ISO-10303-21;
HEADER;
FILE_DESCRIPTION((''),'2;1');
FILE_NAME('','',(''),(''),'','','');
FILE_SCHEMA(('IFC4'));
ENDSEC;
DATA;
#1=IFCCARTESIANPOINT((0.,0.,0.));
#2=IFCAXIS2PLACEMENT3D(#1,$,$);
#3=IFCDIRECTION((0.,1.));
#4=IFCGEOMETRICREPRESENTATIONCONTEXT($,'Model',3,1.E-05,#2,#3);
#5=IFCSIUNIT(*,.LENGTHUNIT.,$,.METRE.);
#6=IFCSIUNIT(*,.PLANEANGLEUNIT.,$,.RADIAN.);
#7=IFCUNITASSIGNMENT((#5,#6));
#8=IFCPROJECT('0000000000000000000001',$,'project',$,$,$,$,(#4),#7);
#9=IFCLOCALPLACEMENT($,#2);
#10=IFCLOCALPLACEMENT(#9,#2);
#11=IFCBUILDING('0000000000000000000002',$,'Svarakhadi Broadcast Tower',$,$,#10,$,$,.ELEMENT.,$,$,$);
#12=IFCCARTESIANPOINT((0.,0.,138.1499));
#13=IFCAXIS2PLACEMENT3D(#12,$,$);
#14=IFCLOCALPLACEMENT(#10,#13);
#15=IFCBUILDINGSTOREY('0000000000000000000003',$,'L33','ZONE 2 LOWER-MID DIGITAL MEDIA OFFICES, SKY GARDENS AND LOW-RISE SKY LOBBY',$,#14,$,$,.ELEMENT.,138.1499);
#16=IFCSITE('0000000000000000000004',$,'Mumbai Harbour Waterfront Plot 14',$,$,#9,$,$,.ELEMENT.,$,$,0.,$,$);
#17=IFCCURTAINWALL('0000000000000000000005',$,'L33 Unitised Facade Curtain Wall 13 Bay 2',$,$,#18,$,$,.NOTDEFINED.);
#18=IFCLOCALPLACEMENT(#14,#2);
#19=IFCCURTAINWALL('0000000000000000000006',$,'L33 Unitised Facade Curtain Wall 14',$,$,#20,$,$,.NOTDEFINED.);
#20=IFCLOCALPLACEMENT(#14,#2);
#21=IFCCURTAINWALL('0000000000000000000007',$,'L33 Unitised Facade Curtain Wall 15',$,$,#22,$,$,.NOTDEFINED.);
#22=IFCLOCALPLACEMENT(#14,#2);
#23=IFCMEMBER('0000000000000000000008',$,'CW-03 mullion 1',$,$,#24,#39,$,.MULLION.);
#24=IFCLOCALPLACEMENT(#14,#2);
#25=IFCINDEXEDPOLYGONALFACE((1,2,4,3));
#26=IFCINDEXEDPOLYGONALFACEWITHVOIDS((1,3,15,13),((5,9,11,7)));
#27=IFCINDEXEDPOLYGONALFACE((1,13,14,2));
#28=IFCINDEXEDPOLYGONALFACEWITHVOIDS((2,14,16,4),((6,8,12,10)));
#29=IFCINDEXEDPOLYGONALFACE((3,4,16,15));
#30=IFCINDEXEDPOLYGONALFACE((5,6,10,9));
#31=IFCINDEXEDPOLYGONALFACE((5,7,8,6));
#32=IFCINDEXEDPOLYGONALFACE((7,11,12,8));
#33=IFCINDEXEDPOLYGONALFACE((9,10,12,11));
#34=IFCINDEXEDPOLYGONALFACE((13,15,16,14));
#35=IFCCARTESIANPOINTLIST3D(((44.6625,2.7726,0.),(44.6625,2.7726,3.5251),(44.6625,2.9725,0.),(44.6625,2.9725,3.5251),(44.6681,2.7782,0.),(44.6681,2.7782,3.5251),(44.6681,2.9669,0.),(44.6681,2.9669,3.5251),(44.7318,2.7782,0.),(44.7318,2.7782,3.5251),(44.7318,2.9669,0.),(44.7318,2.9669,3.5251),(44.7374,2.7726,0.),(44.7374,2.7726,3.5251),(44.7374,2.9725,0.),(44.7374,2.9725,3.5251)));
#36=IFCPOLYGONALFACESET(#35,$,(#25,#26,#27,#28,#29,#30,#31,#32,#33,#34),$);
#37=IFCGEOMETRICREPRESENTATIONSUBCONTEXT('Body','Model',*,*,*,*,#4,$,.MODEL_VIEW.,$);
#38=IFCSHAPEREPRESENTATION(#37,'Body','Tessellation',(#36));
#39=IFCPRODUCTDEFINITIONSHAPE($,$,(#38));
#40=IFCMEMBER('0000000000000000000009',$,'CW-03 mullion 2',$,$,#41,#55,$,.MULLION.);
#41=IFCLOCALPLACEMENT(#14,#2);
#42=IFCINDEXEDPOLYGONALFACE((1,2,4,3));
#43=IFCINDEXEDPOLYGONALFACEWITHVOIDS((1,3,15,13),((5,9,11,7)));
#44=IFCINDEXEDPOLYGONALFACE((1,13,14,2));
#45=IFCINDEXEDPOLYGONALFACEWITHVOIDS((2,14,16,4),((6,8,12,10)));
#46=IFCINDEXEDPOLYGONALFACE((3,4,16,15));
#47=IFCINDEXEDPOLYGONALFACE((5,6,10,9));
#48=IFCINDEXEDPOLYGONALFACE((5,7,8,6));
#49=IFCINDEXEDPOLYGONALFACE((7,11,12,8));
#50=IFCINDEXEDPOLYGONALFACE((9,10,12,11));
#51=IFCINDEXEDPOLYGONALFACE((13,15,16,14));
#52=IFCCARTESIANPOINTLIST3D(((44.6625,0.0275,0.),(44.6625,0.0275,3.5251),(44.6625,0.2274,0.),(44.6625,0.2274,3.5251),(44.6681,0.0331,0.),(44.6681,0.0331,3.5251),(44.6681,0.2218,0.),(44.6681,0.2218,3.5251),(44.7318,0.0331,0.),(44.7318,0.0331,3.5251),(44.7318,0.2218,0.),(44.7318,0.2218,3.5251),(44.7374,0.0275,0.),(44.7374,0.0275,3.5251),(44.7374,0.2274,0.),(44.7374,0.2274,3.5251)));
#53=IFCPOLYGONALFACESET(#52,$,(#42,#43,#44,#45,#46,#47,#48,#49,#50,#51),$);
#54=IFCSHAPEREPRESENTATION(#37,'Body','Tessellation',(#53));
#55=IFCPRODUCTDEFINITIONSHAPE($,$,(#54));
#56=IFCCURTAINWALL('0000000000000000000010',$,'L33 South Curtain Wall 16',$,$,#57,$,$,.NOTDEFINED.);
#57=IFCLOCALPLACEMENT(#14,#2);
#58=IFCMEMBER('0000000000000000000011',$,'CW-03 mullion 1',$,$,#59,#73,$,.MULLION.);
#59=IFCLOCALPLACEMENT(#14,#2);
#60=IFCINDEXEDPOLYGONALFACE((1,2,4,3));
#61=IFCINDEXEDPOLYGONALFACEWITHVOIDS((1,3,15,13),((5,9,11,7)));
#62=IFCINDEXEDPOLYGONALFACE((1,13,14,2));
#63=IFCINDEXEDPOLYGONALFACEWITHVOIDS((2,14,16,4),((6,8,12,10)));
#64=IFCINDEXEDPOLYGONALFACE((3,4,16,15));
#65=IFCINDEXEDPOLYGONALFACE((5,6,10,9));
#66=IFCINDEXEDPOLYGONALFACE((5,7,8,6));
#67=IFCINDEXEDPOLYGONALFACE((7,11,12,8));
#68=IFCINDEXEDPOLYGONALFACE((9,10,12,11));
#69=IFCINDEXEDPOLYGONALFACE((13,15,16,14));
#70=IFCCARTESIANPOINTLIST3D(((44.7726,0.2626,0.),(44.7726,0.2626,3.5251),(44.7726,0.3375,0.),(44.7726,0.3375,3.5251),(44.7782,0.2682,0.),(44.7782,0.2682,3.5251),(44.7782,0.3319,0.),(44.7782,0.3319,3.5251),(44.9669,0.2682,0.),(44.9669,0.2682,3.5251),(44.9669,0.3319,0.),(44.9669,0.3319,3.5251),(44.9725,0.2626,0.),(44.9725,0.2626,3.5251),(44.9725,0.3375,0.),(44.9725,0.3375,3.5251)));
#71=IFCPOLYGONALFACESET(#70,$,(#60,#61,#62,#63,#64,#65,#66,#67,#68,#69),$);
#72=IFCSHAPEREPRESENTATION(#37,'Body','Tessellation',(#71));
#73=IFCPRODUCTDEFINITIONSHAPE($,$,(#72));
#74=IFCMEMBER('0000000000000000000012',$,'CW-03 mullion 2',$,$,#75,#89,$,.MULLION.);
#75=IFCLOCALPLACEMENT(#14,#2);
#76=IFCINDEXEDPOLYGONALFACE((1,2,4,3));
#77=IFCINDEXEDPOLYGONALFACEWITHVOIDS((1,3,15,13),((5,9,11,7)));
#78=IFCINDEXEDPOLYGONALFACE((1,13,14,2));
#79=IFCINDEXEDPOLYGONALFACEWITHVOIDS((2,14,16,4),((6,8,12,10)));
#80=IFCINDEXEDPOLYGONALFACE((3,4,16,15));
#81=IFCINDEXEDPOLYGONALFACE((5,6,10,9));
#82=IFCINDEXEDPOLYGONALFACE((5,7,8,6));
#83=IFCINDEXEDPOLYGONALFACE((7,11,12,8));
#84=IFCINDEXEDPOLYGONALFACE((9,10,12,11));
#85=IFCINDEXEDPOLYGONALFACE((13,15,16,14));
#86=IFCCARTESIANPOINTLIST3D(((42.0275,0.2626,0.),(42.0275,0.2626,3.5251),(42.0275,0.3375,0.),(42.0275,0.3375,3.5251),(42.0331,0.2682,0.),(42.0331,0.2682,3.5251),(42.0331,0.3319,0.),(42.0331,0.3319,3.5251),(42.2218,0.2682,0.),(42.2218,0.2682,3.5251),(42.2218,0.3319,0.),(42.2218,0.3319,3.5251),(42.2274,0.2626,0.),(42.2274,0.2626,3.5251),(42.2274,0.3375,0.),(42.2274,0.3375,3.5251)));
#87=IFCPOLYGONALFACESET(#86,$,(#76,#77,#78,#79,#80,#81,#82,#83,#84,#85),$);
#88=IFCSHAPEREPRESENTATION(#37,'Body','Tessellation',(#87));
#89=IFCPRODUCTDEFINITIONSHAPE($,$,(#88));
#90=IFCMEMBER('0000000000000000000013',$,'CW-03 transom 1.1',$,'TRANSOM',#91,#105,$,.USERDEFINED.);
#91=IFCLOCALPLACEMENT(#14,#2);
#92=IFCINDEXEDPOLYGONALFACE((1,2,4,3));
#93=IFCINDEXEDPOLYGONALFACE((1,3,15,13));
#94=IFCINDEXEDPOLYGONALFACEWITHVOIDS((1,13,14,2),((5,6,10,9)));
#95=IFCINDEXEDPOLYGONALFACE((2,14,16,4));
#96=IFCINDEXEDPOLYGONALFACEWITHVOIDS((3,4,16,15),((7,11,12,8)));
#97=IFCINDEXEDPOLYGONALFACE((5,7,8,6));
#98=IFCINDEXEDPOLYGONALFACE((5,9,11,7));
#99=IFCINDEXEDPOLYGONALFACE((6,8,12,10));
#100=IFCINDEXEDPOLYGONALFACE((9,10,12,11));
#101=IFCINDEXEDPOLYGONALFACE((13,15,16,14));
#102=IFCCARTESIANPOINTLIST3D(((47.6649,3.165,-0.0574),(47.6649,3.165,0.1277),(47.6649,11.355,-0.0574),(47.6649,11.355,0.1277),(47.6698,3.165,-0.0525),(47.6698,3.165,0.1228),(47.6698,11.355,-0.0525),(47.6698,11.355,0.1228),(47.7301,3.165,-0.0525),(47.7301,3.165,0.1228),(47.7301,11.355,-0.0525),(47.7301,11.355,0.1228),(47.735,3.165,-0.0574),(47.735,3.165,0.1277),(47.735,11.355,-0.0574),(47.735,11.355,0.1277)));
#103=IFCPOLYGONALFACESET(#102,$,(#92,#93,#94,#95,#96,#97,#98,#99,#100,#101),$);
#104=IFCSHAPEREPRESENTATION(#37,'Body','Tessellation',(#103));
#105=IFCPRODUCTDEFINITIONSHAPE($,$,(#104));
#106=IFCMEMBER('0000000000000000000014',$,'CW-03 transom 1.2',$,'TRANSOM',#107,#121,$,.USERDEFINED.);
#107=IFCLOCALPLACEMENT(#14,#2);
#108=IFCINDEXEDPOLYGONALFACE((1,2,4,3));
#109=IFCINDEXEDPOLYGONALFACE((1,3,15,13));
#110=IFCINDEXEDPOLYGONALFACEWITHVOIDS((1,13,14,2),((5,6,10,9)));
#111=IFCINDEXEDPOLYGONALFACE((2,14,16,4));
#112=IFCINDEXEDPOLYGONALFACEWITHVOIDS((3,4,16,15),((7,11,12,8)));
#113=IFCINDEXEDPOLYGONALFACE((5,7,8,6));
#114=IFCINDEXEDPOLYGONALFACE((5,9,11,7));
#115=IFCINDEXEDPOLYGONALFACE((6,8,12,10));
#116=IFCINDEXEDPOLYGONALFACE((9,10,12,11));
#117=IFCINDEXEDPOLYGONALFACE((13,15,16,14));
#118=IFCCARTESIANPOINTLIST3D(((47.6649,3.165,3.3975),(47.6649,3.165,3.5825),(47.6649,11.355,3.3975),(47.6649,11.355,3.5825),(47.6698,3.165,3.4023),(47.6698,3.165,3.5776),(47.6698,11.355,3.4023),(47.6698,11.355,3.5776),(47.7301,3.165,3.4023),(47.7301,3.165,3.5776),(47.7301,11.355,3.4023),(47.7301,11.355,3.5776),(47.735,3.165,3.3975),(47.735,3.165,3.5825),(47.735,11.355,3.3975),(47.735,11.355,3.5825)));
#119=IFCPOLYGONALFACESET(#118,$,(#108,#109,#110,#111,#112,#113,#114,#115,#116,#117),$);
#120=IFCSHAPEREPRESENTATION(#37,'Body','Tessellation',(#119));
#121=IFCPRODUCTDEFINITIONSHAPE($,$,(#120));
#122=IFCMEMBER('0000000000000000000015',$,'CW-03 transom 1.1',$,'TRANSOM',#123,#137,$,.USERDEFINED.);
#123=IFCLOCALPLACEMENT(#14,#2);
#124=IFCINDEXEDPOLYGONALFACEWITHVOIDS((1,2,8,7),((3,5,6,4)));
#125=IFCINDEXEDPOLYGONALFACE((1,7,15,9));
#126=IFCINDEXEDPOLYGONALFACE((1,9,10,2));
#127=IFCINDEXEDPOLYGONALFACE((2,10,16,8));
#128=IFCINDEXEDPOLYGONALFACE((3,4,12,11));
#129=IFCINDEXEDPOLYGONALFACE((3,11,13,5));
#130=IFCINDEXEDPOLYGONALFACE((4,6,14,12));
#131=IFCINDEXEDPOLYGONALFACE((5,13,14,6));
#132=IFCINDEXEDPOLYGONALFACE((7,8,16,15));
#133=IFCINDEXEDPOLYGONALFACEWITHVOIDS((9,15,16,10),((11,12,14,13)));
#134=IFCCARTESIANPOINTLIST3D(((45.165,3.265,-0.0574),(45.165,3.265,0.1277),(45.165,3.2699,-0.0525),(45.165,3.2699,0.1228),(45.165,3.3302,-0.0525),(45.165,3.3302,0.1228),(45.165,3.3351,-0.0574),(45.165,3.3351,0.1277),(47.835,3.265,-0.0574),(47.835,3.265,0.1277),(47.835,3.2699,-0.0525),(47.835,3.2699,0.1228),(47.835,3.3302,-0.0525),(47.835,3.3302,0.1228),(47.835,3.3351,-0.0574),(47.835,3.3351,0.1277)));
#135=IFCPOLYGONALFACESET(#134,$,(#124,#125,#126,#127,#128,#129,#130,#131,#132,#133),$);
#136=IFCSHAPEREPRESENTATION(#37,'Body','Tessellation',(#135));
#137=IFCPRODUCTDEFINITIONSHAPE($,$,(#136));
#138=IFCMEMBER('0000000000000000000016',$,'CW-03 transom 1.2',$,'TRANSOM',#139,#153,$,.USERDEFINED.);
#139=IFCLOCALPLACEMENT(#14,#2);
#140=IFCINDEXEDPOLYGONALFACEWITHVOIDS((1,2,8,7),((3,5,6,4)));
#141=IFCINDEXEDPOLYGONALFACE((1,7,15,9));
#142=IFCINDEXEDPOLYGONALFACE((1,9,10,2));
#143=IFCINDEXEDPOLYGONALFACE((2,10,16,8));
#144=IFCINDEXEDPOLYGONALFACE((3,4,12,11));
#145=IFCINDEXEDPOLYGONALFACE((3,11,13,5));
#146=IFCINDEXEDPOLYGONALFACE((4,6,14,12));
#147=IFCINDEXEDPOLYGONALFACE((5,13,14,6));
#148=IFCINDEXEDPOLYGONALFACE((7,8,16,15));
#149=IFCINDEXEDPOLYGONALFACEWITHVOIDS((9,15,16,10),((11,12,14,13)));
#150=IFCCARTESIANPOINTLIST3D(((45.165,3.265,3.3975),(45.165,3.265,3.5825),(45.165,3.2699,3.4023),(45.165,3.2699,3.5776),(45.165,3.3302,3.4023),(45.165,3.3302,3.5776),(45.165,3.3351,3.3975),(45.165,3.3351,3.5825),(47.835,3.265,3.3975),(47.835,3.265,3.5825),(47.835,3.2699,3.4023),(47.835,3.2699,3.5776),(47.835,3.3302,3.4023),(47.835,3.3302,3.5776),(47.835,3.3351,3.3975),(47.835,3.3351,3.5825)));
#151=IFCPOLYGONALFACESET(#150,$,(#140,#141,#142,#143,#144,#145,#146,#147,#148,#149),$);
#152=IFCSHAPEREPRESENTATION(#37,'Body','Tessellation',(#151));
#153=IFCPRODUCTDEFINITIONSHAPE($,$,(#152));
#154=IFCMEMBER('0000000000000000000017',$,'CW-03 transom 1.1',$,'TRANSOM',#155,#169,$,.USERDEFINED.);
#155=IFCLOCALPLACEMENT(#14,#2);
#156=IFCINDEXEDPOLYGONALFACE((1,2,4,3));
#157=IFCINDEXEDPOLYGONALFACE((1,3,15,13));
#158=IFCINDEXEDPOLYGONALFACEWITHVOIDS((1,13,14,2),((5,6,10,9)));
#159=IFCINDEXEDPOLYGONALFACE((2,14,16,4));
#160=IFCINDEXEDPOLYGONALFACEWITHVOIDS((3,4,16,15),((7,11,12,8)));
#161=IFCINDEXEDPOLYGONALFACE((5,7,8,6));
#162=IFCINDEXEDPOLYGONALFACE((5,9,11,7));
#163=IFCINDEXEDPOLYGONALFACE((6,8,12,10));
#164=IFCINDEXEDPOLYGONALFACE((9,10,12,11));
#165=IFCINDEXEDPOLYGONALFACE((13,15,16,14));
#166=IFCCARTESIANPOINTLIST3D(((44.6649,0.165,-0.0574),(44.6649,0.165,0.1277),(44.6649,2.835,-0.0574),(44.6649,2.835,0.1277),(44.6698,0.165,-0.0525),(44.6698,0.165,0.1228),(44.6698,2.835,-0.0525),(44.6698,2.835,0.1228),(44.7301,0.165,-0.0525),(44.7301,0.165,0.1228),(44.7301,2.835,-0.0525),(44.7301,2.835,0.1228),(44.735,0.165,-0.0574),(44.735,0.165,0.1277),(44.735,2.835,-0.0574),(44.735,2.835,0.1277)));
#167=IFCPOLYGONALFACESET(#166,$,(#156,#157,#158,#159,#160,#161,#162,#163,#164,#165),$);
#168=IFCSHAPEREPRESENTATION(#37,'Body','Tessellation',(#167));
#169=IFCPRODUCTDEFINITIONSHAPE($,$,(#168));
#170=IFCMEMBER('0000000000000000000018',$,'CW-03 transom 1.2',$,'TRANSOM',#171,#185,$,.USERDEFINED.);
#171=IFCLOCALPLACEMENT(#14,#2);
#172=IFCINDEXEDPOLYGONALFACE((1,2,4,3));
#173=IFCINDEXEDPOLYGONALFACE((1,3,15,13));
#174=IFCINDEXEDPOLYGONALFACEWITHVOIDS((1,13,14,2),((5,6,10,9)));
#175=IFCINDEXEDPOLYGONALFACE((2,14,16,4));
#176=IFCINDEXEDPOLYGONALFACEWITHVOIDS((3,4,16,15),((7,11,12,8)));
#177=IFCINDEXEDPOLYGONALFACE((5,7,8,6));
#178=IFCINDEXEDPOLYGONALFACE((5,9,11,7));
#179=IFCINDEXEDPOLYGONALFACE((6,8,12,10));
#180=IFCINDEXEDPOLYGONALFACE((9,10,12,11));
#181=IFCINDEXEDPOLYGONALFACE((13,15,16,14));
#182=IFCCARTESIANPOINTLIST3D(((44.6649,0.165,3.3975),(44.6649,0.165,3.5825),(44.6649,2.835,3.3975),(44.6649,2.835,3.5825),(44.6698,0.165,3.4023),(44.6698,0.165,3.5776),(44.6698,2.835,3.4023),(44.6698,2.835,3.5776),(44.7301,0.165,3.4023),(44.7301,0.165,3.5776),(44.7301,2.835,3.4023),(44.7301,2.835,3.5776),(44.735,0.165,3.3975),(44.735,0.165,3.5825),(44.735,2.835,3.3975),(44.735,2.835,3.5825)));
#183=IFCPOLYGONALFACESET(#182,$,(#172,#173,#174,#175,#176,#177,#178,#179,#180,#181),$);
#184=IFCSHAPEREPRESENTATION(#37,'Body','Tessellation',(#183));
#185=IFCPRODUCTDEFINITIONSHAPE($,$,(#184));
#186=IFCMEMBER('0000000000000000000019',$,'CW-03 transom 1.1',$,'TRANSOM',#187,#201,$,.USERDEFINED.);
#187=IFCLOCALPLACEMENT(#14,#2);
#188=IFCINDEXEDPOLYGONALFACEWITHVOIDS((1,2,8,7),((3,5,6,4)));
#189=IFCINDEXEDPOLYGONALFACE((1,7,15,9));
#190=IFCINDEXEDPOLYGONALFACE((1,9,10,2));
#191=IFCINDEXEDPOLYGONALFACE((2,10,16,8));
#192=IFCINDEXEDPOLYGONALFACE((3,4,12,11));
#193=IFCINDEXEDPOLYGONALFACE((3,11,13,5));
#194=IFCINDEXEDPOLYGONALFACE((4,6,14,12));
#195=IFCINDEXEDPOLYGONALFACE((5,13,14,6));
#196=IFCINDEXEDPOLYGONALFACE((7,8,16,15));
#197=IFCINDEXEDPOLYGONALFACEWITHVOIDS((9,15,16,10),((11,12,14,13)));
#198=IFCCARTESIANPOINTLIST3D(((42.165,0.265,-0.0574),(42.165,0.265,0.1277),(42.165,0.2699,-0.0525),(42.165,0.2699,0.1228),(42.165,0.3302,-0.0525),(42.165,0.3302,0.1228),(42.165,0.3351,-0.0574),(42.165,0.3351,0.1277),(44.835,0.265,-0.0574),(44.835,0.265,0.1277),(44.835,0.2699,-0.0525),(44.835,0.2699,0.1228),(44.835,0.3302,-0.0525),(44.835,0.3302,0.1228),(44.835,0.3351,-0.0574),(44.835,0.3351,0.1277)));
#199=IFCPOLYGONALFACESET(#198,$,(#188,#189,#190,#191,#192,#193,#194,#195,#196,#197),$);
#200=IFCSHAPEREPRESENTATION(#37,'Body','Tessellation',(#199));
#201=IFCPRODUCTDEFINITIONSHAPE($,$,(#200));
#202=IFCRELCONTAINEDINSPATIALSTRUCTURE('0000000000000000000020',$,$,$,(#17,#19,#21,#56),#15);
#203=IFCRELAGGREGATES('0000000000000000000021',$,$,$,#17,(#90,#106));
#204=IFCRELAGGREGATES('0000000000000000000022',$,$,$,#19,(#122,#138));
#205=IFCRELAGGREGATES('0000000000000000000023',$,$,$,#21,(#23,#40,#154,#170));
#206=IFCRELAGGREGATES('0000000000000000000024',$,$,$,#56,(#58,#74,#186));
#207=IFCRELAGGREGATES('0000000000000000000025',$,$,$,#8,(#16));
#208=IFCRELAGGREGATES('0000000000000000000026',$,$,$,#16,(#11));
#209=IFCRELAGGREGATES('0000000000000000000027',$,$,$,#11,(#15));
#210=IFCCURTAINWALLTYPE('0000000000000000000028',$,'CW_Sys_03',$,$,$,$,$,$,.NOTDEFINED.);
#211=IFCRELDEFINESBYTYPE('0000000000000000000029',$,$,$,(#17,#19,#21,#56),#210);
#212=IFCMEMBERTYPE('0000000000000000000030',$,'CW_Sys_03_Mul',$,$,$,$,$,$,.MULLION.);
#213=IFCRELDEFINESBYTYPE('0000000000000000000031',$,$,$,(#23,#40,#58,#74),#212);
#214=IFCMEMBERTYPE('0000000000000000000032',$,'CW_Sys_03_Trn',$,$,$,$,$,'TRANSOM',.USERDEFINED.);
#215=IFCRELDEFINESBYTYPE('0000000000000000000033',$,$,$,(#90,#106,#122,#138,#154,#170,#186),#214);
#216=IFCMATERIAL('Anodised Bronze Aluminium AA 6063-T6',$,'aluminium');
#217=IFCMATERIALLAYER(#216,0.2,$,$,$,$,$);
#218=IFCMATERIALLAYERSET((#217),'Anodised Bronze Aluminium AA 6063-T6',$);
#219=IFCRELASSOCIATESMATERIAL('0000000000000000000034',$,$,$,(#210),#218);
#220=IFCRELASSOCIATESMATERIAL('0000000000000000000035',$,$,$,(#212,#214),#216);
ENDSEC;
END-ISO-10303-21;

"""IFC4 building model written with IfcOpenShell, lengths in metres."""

from ifc_helpers import new_model, si_unit, direction, frame, origin, origin_2d, place, context, subcontext, project, spatial, hollow_rectangle, extrude, material, layer, layer_set, material_profile, profile_set, type_object, element, aggregate, save


model = new_model("IFC4")

# Units and contexts
model_context = context("Model", 3, precision=1e-05, world=origin(), true_north=direction((0.0, 1.0)))
body_context = subcontext(model_context, "Body", "Model", "MODEL_VIEW")
ifc_project = project(units=[si_unit("LENGTHUNIT", "METRE"), si_unit("PLANEANGLEUNIT", "RADIAN")], contexts=[model_context])

# Site, building, storey
site_placement = place(None, origin())
site = spatial("IfcSite", under=ifc_project, at=site_placement, Name="Mumbai Harbour Waterfront Plot 14", CompositionType="ELEMENT", RefElevation=0.0)
building_placement = place(site_placement, origin())
building = spatial("IfcBuilding", under=site, at=building_placement, Name="Svarakhadi Broadcast Tower", CompositionType="ELEMENT")
storey_placement = place(building_placement, frame((0.0, 0.0, 138.1499)))
storey = spatial("IfcBuildingStorey", under=building, at=storey_placement, Name="L33", Description="ZONE 2 LOWER-MID DIGITAL MEDIA OFFICES, SKY GARDENS AND LOW-RISE SKY LOBBY", CompositionType="ELEMENT", Elevation=138.1499)

# Curtain walls, members
ifc_material_1 = material(Name="Anodised Bronze Aluminium AA 6063-T6", Category="aluminium")
ifc_layer_1 = layer(ifc_material_1, 0.2)
ifc_layer_set_1 = layer_set([ifc_layer_1], Name="Anodised Bronze Aluminium AA 6063-T6")
curtain_wall_type = type_object("IfcCurtainWallType", Name="CW_Sys_03", PredefinedType="NOTDEFINED", material=ifc_layer_set_1)
curtain_wall_1_placement = place(storey_placement, origin())
curtain_wall_1 = element("IfcCurtainWall", 1, at=curtain_wall_1_placement, inside=storey, type_object=curtain_wall_type, Name="L33 Unitised Facade Curtain Wall 13 Bay 2", PredefinedType="NOTDEFINED")
ifc_material_profile_1 = material_profile(ifc_material_1, hollow_rectangle(XDim=0.075, YDim=0.2, WallThickness=0.0056, at=origin_2d()), Name="ALU MULLION 200x75x6")
ifc_profile_set_1 = profile_set([ifc_material_profile_1], Name="Anodised Bronze Aluminium AA 6063-T6")
member_type_1 = type_object("IfcMemberType", Name="CW_Sys_03_Mul", PredefinedType="MULLION", material=ifc_profile_set_1)
curtain_wall_2_placement = place(storey_placement, origin())
curtain_wall_2 = element("IfcCurtainWall", 2, at=curtain_wall_2_placement, inside=storey, type_object=curtain_wall_type, Name="L33 Unitised Facade Curtain Wall 14", PredefinedType="NOTDEFINED")
curtain_wall_3_placement = place(storey_placement, origin())
curtain_wall_3 = element("IfcCurtainWall", 3, at=curtain_wall_3_placement, inside=storey, type_object=curtain_wall_type, Name="L33 Unitised Facade Curtain Wall 15", PredefinedType="NOTDEFINED")
member_1_placement = place(storey_placement, frame((44.7, 2.8726, 0.0), z_axis=(0.0, 0.0, 1.0), x_axis=(1.0, 0.0, 0.0)))
member_1 = element("IfcMember", 4, at=member_1_placement, type_object=member_type_1, Name="CW-03 mullion 1", PredefinedType="MULLION", context=body_context, shape_type="SweptSolid", body=[
    extrude(hollow_rectangle(XDim=0.075, YDim=0.2, WallThickness=0.0056, at=origin_2d()), origin(), (0.0, 0.0, 1.0), 3.5251),
])
member_2_placement = place(storey_placement, frame((44.7, 0.1274, 0.0), z_axis=(0.0, 0.0, 1.0), x_axis=(1.0, 0.0, 0.0)))
member_2 = element("IfcMember", 5, at=member_2_placement, type_object=member_type_1, Name="CW-03 mullion 2", PredefinedType="MULLION", context=body_context, shape_type="SweptSolid", body=[
    extrude(hollow_rectangle(XDim=0.075, YDim=0.2, WallThickness=0.0056, at=origin_2d()), origin(), (0.0, 0.0, 1.0), 3.5251),
])
curtain_wall_4_placement = place(storey_placement, origin())
curtain_wall_4 = element("IfcCurtainWall", 6, at=curtain_wall_4_placement, inside=storey, type_object=curtain_wall_type, Name="L33 South Curtain Wall 16", PredefinedType="NOTDEFINED")
member_3_placement = place(storey_placement, frame((44.8726, 0.3, 0.0), z_axis=(0.0, 0.0, 1.0), x_axis=(0.0, -1.0, 0.0)))
member_3 = element("IfcMember", 7, at=member_3_placement, type_object=member_type_1, Name="CW-03 mullion 1", PredefinedType="MULLION", context=body_context, shape_type="SweptSolid", body=[
    extrude(hollow_rectangle(XDim=0.075, YDim=0.2, WallThickness=0.0056, at=origin_2d()), origin(), (0.0, 0.0, 1.0), 3.5251),
])
member_4_placement = place(storey_placement, frame((42.1274, 0.3, 0.0), z_axis=(0.0, 0.0, 1.0), x_axis=(0.0, -1.0, 0.0)))
member_4 = element("IfcMember", 8, at=member_4_placement, type_object=member_type_1, Name="CW-03 mullion 2", PredefinedType="MULLION", context=body_context, shape_type="SweptSolid", body=[
    extrude(hollow_rectangle(XDim=0.075, YDim=0.2, WallThickness=0.0056, at=origin_2d()), origin(), (0.0, 0.0, 1.0), 3.5251),
])

# Members
ifc_material_profile_2 = material_profile(ifc_material_1, hollow_rectangle(XDim=0.0701, YDim=0.1851, WallThickness=0.0049, at=origin_2d()), Name="ALU TRANSOM 185x70x5")
ifc_profile_set_2 = profile_set([ifc_material_profile_2], Name="Anodised Bronze Aluminium AA 6063-T6")
member_type_2 = type_object("IfcMemberType", Name="CW_Sys_03_Trn", ElementType="TRANSOM", PredefinedType="USERDEFINED", material=ifc_profile_set_2)
member_5_placement = place(storey_placement, frame((47.7, 11.355, 0.0352), z_axis=(0.0, -1.0, 0.0), x_axis=(1.0, 0.0, 0.0)))
member_5 = element("IfcMember", 9, at=member_5_placement, type_object=member_type_2, Name="CW-03 transom 1.1", ObjectType="TRANSOM", PredefinedType="USERDEFINED", context=body_context, shape_type="SweptSolid", body=[
    extrude(hollow_rectangle(XDim=0.0701, YDim=0.1851, WallThickness=0.0049, at=origin_2d()), origin(), (0.0, 0.0, 1.0), 8.1899),
])
member_6_placement = place(storey_placement, frame((47.7, 11.355, 3.49), z_axis=(0.0, -1.0, 0.0), x_axis=(1.0, 0.0, 0.0)))
member_6 = element("IfcMember", 10, at=member_6_placement, type_object=member_type_2, Name="CW-03 transom 1.2", ObjectType="TRANSOM", PredefinedType="USERDEFINED", context=body_context, shape_type="SweptSolid", body=[
    extrude(hollow_rectangle(XDim=0.0701, YDim=0.1851, WallThickness=0.0049, at=origin_2d()), origin(), (0.0, 0.0, 1.0), 8.1899),
])
member_7_placement = place(storey_placement, frame((47.835, 3.3, 0.0352), z_axis=(-1.0, 0.0, 0.0), x_axis=(0.0, -1.0, 0.0)))
member_7 = element("IfcMember", 11, at=member_7_placement, type_object=member_type_2, Name="CW-03 transom 1.1", ObjectType="TRANSOM", PredefinedType="USERDEFINED", context=body_context, shape_type="SweptSolid", body=[
    extrude(hollow_rectangle(XDim=0.0701, YDim=0.1851, WallThickness=0.0049, at=origin_2d()), origin(), (0.0, 0.0, 1.0), 2.6699),
])
member_8_placement = place(storey_placement, frame((47.835, 3.3, 3.49), z_axis=(-1.0, 0.0, 0.0), x_axis=(0.0, -1.0, 0.0)))
member_8 = element("IfcMember", 12, at=member_8_placement, type_object=member_type_2, Name="CW-03 transom 1.2", ObjectType="TRANSOM", PredefinedType="USERDEFINED", context=body_context, shape_type="SweptSolid", body=[
    extrude(hollow_rectangle(XDim=0.0701, YDim=0.1851, WallThickness=0.0049, at=origin_2d()), origin(), (0.0, 0.0, 1.0), 2.6699),
])
member_9_placement = place(storey_placement, frame((44.7, 2.835, 0.0352), z_axis=(0.0, -1.0, 0.0), x_axis=(1.0, 0.0, 0.0)))
member_9 = element("IfcMember", 13, at=member_9_placement, type_object=member_type_2, Name="CW-03 transom 1.1", ObjectType="TRANSOM", PredefinedType="USERDEFINED", context=body_context, shape_type="SweptSolid", body=[
    extrude(hollow_rectangle(XDim=0.0701, YDim=0.1851, WallThickness=0.0049, at=origin_2d()), origin(), (0.0, 0.0, 1.0), 2.6699),
])
member_10_placement = place(storey_placement, frame((44.7, 2.835, 3.49), z_axis=(0.0, -1.0, 0.0), x_axis=(1.0, 0.0, 0.0)))
member_10 = element("IfcMember", 14, at=member_10_placement, type_object=member_type_2, Name="CW-03 transom 1.2", ObjectType="TRANSOM", PredefinedType="USERDEFINED", context=body_context, shape_type="SweptSolid", body=[
    extrude(hollow_rectangle(XDim=0.0701, YDim=0.1851, WallThickness=0.0049, at=origin_2d()), origin(), (0.0, 0.0, 1.0), 2.6699),
])
member_11_placement = place(storey_placement, frame((44.835, 0.3, 0.0352), z_axis=(-1.0, 0.0, 0.0), x_axis=(0.0, -1.0, 0.0)))
member_11 = element("IfcMember", 15, at=member_11_placement, type_object=member_type_2, Name="CW-03 transom 1.1", ObjectType="TRANSOM", PredefinedType="USERDEFINED", context=body_context, shape_type="SweptSolid", body=[
    extrude(hollow_rectangle(XDim=0.0701, YDim=0.1851, WallThickness=0.0049, at=origin_2d()), origin(), (0.0, 0.0, 1.0), 2.6699),
])

aggregate(curtain_wall_1, [member_5, member_6])
aggregate(curtain_wall_2, [member_7, member_8])
aggregate(curtain_wall_3, [member_1, member_2, member_9, member_10])
aggregate(curtain_wall_4, [member_3, member_4, member_11])

save(model, "model.ifc")
